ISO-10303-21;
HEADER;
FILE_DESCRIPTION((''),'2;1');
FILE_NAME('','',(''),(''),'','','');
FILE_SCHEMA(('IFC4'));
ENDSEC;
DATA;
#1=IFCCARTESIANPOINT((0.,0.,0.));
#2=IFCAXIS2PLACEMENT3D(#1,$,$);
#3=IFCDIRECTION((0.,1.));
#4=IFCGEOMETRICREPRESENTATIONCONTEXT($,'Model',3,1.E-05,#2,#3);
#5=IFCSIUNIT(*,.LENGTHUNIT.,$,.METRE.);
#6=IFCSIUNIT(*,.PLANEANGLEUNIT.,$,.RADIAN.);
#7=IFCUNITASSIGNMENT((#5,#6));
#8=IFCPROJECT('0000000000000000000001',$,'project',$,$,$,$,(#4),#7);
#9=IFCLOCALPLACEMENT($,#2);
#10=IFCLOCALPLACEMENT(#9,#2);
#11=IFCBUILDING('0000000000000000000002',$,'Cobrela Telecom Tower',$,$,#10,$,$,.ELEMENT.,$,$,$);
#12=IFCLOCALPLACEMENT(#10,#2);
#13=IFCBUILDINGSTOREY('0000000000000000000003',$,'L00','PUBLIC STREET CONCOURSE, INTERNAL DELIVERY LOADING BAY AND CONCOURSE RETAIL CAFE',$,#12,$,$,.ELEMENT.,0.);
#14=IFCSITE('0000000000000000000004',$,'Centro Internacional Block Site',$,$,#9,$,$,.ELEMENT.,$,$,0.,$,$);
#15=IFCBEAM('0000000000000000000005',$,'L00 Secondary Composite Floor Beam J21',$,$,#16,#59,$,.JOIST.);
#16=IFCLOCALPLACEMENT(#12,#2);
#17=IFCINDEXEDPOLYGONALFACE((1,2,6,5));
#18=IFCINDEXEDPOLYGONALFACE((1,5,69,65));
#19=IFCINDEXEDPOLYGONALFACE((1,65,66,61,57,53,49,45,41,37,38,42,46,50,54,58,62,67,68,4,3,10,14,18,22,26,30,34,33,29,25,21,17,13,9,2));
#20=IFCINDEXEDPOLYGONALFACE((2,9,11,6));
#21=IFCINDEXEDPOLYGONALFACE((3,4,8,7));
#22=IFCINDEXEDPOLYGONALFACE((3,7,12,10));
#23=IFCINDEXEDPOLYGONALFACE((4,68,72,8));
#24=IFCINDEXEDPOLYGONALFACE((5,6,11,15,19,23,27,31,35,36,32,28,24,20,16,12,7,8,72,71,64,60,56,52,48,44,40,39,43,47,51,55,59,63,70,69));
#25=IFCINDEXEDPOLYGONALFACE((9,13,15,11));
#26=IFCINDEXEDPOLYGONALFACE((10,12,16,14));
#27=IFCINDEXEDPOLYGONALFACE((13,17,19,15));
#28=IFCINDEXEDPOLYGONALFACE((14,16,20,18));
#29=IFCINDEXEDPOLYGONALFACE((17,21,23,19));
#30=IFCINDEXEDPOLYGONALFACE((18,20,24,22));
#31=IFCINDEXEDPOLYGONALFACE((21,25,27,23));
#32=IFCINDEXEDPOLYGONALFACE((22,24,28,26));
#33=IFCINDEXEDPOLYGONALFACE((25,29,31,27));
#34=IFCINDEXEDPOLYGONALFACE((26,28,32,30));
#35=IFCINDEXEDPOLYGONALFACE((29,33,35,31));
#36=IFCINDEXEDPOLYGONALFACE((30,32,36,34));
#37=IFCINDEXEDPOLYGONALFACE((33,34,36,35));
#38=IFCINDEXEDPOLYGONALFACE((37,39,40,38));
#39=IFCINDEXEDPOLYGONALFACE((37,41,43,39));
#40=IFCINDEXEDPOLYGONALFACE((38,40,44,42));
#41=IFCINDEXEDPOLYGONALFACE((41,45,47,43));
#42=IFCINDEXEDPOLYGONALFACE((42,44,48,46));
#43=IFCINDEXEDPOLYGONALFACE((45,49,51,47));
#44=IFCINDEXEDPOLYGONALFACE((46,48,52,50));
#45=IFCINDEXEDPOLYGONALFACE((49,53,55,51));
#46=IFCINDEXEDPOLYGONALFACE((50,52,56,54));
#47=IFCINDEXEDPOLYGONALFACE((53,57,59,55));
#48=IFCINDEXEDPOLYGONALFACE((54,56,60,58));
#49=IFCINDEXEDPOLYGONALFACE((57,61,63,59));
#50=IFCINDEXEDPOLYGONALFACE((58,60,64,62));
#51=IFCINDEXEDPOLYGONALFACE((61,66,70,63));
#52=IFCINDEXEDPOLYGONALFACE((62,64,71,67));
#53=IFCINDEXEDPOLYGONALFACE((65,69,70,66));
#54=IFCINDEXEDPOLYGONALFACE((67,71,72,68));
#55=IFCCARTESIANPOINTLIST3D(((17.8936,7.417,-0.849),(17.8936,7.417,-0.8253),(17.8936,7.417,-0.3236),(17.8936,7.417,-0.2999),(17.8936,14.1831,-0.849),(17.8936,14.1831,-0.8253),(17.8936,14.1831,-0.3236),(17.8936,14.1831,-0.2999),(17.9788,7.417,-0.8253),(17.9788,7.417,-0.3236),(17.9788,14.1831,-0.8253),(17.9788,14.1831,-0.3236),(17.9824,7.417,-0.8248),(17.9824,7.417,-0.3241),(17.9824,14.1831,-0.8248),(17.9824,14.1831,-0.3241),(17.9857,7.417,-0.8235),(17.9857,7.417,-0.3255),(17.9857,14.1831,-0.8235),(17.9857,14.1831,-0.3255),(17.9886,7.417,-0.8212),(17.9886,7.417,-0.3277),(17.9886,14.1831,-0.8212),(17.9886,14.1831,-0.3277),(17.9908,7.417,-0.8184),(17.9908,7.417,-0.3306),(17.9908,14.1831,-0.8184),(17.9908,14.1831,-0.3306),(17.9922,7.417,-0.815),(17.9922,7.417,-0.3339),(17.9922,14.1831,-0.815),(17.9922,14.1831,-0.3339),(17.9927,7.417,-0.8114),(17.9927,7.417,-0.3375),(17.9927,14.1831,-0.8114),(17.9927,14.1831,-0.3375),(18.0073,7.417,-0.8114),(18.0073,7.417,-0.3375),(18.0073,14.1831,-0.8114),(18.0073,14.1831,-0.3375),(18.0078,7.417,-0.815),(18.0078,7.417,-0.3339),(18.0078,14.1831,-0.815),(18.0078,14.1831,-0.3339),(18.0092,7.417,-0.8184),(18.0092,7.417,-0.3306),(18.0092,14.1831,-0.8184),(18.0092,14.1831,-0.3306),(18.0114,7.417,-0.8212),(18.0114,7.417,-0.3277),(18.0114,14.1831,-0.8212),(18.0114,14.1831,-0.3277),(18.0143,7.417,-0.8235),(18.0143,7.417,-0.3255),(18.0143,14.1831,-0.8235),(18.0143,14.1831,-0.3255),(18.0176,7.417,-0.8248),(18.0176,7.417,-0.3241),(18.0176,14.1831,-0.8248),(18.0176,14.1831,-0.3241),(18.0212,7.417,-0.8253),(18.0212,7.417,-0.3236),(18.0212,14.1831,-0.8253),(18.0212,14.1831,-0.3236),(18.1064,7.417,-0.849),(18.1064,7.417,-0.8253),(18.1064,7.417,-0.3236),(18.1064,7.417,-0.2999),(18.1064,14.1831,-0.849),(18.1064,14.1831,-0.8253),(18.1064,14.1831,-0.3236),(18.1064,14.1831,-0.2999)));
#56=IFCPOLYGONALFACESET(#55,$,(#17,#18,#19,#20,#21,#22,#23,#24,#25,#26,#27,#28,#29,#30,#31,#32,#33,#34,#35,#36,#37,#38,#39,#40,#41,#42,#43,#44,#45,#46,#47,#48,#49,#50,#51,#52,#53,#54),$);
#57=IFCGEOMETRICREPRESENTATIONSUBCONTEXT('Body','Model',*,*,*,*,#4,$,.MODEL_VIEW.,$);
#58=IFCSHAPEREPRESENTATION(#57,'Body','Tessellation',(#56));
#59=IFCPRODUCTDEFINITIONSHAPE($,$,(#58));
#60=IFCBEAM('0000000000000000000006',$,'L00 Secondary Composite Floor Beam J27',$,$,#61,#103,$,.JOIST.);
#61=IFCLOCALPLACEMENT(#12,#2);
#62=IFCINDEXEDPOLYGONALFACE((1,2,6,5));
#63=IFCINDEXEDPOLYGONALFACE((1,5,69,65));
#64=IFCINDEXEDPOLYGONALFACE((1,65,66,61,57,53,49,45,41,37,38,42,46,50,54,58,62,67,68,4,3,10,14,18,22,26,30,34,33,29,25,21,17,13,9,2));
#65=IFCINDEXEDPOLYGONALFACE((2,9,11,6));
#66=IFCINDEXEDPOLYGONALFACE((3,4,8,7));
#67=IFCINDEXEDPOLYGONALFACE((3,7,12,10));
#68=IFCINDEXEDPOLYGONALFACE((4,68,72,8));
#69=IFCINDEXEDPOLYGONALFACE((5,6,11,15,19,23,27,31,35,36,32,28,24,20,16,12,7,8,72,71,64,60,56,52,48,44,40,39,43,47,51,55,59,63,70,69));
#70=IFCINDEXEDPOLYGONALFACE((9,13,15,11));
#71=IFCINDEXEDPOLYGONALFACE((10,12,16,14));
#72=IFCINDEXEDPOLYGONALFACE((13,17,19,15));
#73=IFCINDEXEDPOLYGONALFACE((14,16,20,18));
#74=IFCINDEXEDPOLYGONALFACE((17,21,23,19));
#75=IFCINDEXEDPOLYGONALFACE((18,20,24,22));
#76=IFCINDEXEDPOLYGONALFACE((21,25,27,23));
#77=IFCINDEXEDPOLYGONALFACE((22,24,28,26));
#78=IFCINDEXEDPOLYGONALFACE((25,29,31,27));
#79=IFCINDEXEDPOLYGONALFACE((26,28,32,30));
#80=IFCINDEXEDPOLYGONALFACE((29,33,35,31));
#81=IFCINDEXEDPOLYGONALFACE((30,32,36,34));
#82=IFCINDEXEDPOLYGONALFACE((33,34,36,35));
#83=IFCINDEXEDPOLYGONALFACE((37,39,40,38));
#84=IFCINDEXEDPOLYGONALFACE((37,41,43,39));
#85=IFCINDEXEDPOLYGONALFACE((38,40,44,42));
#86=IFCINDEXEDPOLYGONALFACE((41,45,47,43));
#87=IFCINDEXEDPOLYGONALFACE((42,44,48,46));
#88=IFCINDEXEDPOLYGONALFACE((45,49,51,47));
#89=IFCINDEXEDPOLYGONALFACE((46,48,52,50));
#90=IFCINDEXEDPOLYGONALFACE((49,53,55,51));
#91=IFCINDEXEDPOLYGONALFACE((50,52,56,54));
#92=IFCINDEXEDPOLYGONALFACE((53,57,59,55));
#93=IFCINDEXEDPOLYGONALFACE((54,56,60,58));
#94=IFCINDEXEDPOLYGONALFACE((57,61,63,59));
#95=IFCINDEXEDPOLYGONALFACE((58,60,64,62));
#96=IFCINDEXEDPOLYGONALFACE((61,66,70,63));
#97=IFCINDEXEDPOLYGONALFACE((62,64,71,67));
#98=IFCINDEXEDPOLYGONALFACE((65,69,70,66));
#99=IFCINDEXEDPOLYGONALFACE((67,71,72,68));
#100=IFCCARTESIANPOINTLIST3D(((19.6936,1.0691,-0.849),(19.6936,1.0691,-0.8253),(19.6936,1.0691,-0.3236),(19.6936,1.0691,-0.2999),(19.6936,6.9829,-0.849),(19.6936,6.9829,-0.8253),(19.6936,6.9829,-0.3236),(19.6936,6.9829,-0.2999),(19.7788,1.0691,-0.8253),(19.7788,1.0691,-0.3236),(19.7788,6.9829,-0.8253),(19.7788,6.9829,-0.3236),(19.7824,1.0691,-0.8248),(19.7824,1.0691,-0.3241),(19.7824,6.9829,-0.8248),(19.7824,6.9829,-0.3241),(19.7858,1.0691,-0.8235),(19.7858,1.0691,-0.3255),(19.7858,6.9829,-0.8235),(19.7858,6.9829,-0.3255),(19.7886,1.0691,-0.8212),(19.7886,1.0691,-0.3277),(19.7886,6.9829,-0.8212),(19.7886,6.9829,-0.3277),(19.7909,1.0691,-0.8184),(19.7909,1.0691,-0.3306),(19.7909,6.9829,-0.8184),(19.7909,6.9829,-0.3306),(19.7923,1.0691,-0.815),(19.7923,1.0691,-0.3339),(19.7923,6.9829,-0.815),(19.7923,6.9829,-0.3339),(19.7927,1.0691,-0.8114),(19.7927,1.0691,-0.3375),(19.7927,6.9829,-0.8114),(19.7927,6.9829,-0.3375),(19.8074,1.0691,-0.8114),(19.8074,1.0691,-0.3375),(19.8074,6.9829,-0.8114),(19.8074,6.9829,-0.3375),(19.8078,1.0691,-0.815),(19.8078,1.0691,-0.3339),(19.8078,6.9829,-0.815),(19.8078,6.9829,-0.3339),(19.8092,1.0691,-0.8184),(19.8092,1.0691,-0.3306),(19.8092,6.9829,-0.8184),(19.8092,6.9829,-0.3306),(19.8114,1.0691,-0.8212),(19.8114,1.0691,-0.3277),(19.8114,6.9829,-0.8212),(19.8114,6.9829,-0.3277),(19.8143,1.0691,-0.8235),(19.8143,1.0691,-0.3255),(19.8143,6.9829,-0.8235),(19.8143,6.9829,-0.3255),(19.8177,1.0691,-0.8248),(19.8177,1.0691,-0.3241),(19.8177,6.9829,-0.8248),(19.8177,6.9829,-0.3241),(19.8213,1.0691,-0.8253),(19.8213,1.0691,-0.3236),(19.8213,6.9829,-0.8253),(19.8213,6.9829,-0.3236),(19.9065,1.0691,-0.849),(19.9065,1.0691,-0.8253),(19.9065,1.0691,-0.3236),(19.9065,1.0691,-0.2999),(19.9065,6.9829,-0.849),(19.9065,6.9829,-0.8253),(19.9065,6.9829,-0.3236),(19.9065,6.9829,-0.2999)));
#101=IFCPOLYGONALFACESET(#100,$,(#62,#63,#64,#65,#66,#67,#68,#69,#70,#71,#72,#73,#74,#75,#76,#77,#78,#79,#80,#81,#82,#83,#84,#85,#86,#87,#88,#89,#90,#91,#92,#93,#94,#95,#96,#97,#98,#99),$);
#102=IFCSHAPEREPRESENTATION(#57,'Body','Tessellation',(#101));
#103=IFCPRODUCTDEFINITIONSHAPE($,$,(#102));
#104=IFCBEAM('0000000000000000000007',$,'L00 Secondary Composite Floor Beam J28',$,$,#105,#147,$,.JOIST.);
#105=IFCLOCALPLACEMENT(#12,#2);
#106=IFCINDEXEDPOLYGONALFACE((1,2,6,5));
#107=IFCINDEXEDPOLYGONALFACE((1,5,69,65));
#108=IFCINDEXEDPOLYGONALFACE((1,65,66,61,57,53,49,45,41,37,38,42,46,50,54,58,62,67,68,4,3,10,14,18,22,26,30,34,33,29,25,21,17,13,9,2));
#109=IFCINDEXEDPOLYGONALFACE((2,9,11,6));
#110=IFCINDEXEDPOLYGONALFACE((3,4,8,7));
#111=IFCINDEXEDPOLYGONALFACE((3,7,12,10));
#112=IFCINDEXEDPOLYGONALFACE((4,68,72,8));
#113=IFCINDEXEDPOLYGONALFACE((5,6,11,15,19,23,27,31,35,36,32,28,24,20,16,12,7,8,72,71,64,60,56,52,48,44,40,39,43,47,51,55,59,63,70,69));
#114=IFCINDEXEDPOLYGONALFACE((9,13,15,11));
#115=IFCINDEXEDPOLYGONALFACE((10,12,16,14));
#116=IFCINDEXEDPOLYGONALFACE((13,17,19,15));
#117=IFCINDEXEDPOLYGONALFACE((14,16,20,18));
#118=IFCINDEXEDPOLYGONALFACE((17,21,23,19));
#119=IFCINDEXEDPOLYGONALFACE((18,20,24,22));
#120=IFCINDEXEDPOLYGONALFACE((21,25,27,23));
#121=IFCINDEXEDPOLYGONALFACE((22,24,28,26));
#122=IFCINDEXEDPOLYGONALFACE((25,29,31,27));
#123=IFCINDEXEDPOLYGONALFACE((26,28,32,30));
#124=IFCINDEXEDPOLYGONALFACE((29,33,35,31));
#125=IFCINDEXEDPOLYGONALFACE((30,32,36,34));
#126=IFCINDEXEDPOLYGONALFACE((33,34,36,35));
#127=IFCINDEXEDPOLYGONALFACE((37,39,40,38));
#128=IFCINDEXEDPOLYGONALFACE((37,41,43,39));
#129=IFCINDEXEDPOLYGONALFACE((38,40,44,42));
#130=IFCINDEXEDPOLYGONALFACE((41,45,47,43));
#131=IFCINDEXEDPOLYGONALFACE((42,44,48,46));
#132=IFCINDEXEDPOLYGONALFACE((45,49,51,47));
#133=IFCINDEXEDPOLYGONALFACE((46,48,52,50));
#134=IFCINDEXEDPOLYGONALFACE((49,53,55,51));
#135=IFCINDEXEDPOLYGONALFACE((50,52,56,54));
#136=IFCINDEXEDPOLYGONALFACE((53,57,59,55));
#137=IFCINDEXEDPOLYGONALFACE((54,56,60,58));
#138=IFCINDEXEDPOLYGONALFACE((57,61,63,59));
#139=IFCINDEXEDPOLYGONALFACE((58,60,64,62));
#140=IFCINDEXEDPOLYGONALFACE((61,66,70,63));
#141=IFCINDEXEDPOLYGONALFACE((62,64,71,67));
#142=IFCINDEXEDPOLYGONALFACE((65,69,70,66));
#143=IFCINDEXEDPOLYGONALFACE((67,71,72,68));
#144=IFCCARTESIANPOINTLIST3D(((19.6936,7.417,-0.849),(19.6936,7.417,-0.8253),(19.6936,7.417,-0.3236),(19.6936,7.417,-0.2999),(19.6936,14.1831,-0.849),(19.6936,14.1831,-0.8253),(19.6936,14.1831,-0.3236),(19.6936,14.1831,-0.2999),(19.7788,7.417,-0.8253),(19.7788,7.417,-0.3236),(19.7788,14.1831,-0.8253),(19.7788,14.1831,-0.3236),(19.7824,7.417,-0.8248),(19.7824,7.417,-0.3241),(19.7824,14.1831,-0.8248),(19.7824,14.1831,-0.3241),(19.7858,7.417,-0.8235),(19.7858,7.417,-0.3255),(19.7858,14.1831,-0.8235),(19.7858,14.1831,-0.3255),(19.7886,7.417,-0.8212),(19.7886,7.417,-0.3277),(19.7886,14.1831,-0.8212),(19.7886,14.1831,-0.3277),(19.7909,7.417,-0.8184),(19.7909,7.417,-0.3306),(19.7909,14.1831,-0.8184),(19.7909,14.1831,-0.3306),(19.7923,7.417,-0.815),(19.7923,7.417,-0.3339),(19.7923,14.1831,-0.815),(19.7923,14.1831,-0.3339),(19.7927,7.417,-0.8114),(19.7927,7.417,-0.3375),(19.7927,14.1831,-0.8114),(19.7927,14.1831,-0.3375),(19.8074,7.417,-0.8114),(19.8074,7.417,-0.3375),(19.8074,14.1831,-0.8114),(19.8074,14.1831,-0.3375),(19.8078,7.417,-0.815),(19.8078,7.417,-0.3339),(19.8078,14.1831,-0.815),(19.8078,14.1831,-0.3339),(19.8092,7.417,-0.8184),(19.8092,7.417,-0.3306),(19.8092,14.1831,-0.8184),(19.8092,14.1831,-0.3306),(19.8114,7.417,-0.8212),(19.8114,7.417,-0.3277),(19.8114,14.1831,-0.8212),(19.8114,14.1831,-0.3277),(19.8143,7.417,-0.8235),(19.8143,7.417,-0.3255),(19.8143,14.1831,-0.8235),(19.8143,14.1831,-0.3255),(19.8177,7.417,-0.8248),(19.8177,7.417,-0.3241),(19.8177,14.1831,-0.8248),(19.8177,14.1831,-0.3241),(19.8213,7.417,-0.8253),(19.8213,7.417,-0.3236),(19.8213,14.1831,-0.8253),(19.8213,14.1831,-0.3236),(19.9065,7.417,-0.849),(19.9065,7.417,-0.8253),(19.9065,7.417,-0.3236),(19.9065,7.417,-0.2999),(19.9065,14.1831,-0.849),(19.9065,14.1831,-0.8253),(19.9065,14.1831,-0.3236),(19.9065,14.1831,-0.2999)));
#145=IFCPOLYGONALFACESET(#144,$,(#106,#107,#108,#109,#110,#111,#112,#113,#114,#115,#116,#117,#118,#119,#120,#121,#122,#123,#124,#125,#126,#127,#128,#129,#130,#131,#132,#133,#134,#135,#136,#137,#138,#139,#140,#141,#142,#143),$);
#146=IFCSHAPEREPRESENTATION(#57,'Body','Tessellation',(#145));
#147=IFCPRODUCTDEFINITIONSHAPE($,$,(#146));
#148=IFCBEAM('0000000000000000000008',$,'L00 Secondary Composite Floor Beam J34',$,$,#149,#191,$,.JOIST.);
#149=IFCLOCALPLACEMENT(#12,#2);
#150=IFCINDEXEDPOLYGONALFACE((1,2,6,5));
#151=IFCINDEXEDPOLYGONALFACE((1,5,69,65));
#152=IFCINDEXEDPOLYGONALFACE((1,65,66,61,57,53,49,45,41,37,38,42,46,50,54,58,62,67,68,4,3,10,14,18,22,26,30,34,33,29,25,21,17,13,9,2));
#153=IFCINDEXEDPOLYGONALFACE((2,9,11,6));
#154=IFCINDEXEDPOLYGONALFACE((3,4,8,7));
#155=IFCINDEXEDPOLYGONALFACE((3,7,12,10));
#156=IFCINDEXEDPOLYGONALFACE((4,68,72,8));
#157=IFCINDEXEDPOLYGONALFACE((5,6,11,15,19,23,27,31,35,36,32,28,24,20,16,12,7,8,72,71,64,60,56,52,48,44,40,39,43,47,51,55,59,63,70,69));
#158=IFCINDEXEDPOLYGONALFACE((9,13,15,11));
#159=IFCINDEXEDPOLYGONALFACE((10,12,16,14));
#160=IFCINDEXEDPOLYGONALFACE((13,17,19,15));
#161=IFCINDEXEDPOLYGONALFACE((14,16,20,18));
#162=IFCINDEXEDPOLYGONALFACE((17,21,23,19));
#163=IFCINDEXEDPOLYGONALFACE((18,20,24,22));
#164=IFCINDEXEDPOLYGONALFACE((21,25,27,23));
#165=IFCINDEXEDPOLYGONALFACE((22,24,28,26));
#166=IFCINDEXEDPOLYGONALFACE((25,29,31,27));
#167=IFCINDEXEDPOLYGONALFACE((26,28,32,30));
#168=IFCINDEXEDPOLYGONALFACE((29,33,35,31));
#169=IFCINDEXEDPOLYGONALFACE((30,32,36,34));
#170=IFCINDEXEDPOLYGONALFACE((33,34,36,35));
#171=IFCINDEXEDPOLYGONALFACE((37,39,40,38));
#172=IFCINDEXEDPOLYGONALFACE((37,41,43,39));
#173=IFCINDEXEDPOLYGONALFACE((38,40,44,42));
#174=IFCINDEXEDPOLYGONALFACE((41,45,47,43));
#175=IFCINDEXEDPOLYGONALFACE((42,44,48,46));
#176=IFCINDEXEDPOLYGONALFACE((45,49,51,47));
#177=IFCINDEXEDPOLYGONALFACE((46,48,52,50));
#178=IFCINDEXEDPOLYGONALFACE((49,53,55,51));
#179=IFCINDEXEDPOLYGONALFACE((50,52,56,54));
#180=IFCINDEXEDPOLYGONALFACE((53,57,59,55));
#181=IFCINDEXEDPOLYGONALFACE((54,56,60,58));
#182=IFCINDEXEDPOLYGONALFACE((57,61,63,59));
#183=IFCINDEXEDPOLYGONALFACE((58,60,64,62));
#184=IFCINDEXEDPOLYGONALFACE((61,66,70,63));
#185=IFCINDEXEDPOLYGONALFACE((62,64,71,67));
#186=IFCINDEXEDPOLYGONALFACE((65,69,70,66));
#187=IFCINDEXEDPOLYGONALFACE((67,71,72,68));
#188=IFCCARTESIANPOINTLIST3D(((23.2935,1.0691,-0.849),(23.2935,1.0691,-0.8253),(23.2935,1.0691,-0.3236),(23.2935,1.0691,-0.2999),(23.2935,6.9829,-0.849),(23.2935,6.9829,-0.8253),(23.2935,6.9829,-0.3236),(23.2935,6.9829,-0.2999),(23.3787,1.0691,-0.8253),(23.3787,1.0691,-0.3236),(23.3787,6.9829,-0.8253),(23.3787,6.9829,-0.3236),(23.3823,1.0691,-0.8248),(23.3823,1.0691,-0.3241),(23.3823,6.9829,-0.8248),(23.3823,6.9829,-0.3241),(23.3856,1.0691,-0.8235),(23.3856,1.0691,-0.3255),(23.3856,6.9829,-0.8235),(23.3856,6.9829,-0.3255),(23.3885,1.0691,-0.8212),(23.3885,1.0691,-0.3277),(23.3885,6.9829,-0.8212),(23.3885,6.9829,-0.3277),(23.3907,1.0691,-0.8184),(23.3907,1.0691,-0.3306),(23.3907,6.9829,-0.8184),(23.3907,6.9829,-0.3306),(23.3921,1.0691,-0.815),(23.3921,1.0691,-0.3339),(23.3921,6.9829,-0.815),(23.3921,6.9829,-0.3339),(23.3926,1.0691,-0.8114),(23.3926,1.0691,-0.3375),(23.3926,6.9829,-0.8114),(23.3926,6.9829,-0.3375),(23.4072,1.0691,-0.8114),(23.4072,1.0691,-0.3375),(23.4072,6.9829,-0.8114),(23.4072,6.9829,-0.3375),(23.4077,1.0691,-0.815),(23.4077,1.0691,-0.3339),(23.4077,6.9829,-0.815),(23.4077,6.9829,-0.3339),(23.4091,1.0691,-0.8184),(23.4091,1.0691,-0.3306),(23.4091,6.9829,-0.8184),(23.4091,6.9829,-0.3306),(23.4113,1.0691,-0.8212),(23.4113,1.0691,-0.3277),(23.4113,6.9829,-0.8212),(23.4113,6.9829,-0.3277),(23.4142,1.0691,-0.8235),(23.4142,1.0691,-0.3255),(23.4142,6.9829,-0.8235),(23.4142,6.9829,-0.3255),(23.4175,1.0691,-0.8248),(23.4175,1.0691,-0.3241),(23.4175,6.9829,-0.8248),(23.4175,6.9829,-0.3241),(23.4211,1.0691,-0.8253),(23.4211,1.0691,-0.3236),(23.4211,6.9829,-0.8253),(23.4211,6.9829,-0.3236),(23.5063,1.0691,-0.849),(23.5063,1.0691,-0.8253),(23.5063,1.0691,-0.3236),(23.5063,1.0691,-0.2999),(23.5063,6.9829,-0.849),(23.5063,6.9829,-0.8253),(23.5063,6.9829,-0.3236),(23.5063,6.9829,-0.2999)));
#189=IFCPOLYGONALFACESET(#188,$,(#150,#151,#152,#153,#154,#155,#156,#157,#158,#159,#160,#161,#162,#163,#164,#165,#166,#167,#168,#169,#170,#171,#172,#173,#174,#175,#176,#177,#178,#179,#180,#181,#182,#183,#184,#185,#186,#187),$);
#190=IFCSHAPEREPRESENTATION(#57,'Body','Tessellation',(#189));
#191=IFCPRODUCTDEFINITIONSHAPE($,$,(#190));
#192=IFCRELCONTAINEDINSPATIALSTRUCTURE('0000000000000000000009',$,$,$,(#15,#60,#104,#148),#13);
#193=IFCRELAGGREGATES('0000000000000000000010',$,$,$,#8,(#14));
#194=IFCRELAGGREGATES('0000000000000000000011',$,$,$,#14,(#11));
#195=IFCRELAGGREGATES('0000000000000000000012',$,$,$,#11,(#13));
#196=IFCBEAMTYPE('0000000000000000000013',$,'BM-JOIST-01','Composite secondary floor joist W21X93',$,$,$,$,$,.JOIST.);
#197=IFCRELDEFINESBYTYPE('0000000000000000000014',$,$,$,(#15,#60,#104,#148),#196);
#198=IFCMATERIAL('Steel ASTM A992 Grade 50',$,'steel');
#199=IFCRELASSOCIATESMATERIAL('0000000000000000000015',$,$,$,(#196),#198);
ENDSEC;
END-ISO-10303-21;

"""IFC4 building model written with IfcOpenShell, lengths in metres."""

from ifc_helpers import new_model, si_unit, direction, frame, origin, origin_2d, place, context, subcontext, project, spatial, i_section, extrude, material, material_profile, profile_set, type_object, element, save


model = new_model("IFC4")

# Units and contexts
model_context = context("Model", 3, precision=1e-05, world=origin(), true_north=direction((0.0, 1.0)))
body_context = subcontext(model_context, "Body", "Model", "MODEL_VIEW")
ifc_project = project(units=[si_unit("LENGTHUNIT", "METRE"), si_unit("PLANEANGLEUNIT", "RADIAN")], contexts=[model_context])

# Site, building, storey
site_placement = place(None, origin())
site = spatial("IfcSite", under=ifc_project, at=site_placement, Name="Centro Internacional Block Site", CompositionType="ELEMENT", RefElevation=0.0)
building_placement = place(site_placement, origin())
building = spatial("IfcBuilding", under=site, at=building_placement, Name="Cobrela Telecom Tower", CompositionType="ELEMENT")
storey_placement = place(building_placement, origin())
storey = spatial("IfcBuildingStorey", under=building, at=storey_placement, Name="L00", Description="PUBLIC STREET CONCOURSE, INTERNAL DELIVERY LOADING BAY AND CONCOURSE RETAIL CAFE", CompositionType="ELEMENT", Elevation=0.0)

# Beams
ifc_material_1 = material(Name="Steel ASTM A992 Grade 50", Category="steel")
ifc_material_profile_1 = material_profile(ifc_material_1, i_section(OverallWidth=0.2129, OverallDepth=0.5491, WebThickness=0.0146, FlangeThickness=0.0237, FilletRadius=0.0139, at=origin_2d()), Name="W21X93")
ifc_profile_set_1 = profile_set([ifc_material_profile_1], Name="Steel ASTM A992 Grade 50")
beam_type_1 = type_object("IfcBeamType", Name="BM-JOIST-01", Description="Composite secondary floor joist W21X93", PredefinedType="JOIST", material=ifc_profile_set_1)
beam_1_placement = place(storey_placement, frame((18.0, 7.417, -0.5745), z_axis=(0.0, 1.0, 0.0), x_axis=(-1.0, 0.0, 0.0)))
element("IfcBeam", 1, at=beam_1_placement, inside=storey, type_object=beam_type_1, Name="L00 Secondary Composite Floor Beam J21", PredefinedType="JOIST", context=body_context, shape_type="SweptSolid", body=[
    extrude(i_section(OverallWidth=0.2129, OverallDepth=0.5491, WebThickness=0.0146, FlangeThickness=0.0237, FilletRadius=0.0139, at=origin_2d()), origin(), (0.0, 0.0, 1.0), 6.7661),
])
beam_2_placement = place(storey_placement, frame((19.8, 1.0691, -0.5745), z_axis=(0.0, 1.0, 0.0), x_axis=(-1.0, 0.0, 0.0)))
element("IfcBeam", 2, at=beam_2_placement, inside=storey, type_object=beam_type_1, Name="L00 Secondary Composite Floor Beam J27", PredefinedType="JOIST", context=body_context, shape_type="SweptSolid", body=[
    extrude(i_section(OverallWidth=0.2129, OverallDepth=0.5491, WebThickness=0.0146, FlangeThickness=0.0237, FilletRadius=0.0139, at=origin_2d()), origin(), (0.0, 0.0, 1.0), 5.9138),
])
beam_3_placement = place(storey_placement, frame((19.8, 7.417, -0.5745), z_axis=(0.0, 1.0, 0.0), x_axis=(-1.0, 0.0, 0.0)))
element("IfcBeam", 3, at=beam_3_placement, inside=storey, type_object=beam_type_1, Name="L00 Secondary Composite Floor Beam J28", PredefinedType="JOIST", context=body_context, shape_type="SweptSolid", body=[
    extrude(i_section(OverallWidth=0.2129, OverallDepth=0.5491, WebThickness=0.0146, FlangeThickness=0.0237, FilletRadius=0.0139, at=origin_2d()), origin(), (0.0, 0.0, 1.0), 6.7661),
])
beam_4_placement = place(storey_placement, frame((23.3999, 1.0691, -0.5745), z_axis=(0.0, 1.0, 0.0), x_axis=(-1.0, 0.0, 0.0)))
element("IfcBeam", 4, at=beam_4_placement, inside=storey, type_object=beam_type_1, Name="L00 Secondary Composite Floor Beam J34", PredefinedType="JOIST", context=body_context, shape_type="SweptSolid", body=[
    extrude(i_section(OverallWidth=0.2129, OverallDepth=0.5491, WebThickness=0.0146, FlangeThickness=0.0237, FilletRadius=0.0139, at=origin_2d()), origin(), (0.0, 0.0, 1.0), 5.9138),
])

save(model, "model.ifc")
